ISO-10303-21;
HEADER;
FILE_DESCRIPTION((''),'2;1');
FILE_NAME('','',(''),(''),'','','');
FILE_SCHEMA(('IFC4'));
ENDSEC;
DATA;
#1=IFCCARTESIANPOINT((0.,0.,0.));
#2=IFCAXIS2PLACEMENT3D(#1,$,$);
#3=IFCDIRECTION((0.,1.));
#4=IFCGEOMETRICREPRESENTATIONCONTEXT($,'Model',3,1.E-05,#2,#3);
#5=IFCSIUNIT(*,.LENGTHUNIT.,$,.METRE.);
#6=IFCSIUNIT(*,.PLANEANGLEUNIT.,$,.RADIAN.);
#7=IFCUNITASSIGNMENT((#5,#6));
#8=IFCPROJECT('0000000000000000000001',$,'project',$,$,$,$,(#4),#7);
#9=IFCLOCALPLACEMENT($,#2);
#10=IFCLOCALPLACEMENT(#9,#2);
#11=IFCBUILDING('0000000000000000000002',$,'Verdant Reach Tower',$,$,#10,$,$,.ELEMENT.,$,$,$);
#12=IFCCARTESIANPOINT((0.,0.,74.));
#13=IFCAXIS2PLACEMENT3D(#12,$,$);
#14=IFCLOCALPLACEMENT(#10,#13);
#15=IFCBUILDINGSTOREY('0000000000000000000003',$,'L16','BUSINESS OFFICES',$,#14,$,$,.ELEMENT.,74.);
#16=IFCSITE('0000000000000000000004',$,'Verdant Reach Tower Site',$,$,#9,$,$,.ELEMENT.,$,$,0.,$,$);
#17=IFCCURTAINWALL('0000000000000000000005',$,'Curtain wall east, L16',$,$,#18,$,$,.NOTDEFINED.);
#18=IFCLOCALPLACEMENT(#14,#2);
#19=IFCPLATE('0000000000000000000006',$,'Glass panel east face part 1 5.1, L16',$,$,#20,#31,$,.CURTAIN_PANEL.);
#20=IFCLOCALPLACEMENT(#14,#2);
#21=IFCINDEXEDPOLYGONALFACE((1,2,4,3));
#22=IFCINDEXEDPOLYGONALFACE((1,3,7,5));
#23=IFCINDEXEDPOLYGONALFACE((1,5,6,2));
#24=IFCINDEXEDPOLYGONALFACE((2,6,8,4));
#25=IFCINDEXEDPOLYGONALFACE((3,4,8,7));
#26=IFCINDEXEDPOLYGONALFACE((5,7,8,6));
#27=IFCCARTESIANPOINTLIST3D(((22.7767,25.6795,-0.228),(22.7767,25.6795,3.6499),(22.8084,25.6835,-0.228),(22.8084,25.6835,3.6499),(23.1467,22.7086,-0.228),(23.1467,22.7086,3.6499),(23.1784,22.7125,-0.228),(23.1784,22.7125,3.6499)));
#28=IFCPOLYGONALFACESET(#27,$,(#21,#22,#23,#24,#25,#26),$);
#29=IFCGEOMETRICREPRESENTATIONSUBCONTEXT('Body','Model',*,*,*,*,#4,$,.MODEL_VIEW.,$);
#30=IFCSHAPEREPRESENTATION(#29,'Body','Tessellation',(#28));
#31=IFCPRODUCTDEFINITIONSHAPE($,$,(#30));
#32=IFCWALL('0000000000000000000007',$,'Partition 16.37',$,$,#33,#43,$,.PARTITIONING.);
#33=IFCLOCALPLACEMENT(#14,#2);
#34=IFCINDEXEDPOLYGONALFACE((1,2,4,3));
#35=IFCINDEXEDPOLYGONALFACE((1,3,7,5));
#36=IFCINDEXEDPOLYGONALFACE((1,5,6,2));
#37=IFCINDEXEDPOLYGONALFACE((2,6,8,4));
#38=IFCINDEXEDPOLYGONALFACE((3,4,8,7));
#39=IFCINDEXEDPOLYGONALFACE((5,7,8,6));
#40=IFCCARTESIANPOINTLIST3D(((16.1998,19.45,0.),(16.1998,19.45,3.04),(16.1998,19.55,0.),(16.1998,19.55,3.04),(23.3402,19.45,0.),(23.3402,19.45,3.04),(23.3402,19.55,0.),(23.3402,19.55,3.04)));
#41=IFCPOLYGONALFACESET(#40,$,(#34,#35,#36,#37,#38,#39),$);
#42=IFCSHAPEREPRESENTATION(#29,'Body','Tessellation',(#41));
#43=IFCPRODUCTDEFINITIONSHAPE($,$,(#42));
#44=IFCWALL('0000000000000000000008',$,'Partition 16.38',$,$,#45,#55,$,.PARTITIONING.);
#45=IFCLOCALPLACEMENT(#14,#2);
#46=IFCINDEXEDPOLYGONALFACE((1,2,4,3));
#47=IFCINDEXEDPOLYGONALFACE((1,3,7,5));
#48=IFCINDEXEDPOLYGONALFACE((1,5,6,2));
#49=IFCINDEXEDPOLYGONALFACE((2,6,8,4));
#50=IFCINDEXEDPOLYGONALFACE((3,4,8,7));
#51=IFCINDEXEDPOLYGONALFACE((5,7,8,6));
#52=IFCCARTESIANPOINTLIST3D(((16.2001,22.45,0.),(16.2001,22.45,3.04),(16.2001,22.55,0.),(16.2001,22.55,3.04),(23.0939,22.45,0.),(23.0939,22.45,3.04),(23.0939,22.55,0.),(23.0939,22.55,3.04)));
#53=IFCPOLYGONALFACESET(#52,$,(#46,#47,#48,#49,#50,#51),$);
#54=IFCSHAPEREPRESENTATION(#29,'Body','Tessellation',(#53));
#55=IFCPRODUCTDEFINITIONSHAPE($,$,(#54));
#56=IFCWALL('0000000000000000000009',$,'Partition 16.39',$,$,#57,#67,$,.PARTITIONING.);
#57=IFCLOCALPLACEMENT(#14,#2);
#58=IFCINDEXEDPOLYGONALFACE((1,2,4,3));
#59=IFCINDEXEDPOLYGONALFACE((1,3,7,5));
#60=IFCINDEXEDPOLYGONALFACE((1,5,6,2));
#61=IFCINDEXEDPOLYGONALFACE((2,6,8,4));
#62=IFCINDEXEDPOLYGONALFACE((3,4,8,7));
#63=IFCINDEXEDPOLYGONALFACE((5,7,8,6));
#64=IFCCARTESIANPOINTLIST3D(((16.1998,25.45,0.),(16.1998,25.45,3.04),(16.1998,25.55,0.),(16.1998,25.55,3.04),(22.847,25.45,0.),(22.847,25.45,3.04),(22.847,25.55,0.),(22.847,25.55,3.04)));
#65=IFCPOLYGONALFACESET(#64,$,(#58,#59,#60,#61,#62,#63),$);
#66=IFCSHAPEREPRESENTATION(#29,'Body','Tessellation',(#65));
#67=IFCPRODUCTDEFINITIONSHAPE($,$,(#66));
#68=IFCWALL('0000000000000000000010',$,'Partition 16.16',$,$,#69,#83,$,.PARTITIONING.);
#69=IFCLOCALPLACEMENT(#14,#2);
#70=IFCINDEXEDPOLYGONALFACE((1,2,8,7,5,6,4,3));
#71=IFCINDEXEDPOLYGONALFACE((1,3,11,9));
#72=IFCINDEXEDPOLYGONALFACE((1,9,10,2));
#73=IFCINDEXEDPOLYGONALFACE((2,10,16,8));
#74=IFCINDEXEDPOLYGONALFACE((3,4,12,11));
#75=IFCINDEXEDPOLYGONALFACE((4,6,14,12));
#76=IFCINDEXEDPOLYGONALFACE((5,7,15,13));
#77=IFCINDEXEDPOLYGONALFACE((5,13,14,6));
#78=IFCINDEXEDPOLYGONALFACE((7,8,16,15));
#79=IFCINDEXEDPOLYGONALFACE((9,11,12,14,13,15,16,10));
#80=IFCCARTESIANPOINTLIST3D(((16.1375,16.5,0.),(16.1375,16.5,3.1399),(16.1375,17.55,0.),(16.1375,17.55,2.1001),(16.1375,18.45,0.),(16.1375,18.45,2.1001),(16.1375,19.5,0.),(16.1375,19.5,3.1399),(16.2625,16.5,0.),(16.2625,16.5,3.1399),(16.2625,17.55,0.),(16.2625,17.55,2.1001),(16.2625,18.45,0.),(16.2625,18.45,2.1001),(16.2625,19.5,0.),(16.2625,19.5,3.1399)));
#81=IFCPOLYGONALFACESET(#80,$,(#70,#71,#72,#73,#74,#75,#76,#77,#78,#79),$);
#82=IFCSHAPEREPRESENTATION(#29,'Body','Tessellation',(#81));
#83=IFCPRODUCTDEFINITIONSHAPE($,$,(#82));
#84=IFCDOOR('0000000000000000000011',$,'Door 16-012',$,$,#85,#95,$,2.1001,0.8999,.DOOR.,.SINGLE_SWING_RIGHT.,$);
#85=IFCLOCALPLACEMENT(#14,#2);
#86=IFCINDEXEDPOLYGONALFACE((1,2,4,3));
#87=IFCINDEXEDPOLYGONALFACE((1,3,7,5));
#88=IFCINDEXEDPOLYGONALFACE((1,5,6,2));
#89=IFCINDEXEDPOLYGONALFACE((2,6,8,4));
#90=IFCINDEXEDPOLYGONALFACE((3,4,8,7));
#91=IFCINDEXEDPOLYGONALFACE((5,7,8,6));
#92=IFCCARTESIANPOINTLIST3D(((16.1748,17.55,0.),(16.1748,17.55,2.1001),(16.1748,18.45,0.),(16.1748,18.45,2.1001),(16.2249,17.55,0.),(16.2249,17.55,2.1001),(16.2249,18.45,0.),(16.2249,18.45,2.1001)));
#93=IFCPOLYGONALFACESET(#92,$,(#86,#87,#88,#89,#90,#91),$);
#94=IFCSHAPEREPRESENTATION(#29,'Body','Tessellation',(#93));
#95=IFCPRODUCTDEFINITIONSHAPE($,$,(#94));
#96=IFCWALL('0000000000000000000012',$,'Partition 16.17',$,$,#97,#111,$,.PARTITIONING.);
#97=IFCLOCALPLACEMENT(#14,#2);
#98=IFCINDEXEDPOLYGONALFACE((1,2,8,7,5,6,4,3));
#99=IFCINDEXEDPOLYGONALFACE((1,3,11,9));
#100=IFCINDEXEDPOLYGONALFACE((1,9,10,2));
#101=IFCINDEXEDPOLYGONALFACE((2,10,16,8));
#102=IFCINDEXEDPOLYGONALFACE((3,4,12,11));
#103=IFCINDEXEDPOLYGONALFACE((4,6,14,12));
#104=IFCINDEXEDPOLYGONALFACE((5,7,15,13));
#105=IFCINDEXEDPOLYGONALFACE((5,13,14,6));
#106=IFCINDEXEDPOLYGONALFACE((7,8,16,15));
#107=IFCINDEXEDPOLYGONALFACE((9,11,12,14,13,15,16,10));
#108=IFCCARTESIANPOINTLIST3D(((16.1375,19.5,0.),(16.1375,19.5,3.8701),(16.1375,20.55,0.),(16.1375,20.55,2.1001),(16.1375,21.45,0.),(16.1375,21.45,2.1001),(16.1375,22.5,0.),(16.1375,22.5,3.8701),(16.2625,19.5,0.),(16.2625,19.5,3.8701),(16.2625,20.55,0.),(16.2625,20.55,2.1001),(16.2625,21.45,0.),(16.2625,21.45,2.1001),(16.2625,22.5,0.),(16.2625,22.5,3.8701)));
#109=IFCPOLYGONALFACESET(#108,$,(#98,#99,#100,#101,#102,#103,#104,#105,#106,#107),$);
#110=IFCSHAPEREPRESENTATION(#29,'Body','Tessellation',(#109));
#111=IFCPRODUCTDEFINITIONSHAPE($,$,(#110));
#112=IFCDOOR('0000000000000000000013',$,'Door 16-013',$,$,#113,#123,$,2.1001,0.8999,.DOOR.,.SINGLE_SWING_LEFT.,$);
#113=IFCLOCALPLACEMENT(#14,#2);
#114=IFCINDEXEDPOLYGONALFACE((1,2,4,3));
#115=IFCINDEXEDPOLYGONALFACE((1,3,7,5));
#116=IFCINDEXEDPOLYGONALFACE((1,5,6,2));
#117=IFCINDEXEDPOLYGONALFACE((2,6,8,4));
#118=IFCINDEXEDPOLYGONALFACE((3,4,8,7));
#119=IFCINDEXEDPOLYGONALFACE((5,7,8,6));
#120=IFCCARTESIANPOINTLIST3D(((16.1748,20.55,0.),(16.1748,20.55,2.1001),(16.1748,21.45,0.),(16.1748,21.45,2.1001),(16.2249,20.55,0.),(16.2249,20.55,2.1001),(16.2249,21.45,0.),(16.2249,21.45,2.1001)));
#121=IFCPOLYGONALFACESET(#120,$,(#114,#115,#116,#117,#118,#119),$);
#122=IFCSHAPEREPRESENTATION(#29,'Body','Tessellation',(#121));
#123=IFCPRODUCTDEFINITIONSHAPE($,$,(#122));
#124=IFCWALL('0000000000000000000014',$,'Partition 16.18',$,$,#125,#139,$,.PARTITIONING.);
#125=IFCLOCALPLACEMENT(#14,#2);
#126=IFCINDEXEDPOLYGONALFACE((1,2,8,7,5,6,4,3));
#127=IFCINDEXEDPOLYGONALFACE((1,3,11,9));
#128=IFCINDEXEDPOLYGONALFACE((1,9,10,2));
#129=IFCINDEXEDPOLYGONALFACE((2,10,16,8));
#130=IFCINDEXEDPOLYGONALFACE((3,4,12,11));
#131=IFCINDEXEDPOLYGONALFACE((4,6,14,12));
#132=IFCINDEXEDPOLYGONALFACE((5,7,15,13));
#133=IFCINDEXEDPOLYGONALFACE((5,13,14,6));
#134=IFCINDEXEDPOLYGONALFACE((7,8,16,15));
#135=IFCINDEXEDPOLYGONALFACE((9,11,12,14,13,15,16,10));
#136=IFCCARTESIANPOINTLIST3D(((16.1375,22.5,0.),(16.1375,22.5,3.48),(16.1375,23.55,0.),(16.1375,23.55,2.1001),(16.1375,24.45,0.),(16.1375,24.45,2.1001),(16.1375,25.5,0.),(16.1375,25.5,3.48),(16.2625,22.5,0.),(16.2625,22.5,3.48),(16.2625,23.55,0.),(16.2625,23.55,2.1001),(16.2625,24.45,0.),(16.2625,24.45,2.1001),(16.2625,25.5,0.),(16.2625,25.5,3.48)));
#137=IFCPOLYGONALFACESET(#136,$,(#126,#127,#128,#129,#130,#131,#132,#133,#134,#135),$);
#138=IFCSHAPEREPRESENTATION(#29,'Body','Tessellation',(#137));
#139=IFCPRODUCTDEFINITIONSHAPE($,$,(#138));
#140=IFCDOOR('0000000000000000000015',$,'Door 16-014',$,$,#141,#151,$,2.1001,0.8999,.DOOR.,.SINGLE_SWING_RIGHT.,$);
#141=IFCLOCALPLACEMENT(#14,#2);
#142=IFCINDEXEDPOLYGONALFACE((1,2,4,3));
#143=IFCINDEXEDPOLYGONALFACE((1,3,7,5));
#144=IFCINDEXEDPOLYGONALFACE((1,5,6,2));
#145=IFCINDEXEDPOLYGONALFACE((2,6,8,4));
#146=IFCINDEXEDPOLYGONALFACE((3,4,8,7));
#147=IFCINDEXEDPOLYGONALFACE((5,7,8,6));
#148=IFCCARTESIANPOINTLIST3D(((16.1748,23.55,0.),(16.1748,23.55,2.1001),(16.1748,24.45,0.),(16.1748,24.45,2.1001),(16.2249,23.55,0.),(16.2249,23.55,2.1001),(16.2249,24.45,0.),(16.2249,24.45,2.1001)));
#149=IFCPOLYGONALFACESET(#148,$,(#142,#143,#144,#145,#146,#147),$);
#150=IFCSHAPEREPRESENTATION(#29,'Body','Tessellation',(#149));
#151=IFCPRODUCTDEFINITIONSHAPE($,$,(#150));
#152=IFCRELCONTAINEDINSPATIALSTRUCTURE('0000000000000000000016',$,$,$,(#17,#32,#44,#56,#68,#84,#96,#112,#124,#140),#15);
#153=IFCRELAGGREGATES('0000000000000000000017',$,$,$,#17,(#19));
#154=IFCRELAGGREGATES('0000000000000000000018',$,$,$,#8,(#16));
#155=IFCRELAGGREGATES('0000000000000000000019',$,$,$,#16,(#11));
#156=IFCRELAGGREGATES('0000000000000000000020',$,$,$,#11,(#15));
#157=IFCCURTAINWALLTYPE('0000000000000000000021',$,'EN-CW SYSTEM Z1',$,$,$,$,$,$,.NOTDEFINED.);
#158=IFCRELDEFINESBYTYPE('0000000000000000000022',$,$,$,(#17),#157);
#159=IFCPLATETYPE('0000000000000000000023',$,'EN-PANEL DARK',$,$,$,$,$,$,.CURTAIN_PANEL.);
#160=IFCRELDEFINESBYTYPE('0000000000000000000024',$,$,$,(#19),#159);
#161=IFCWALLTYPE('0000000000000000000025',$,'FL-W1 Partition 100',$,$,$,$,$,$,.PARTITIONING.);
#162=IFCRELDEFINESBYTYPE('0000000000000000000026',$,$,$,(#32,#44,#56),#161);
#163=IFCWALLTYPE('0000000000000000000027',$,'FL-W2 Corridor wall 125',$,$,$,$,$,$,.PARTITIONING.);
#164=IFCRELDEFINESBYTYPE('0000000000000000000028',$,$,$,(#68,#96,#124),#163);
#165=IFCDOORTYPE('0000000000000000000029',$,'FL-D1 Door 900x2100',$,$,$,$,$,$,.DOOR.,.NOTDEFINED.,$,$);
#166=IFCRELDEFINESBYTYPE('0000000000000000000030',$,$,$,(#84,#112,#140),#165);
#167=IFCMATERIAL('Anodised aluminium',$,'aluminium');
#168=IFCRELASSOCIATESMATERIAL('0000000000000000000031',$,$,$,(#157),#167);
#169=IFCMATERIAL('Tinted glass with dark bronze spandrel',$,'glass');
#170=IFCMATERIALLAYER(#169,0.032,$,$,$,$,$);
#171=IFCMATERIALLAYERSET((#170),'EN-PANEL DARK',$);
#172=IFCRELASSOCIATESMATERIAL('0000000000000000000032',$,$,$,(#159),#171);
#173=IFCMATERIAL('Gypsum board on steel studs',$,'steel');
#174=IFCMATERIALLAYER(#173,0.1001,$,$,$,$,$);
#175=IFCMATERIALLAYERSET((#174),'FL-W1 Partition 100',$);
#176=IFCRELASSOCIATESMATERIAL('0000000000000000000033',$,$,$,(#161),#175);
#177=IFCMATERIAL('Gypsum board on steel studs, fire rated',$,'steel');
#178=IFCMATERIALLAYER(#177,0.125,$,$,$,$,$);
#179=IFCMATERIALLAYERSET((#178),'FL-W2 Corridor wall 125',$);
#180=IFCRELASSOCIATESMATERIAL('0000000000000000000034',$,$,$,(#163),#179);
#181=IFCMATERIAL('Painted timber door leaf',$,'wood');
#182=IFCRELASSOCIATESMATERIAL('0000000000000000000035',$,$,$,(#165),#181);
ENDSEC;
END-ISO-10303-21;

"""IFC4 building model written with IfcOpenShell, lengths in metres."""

from ifc_helpers import new_model, si_unit, direction, frame, frame_2d, origin, origin_2d, place, context, subcontext, project, spatial, rectangle, extrude, material, layer, layer_set, type_object, element, fill, aggregate, save


model = new_model("IFC4")

# Units and contexts
model_context = context("Model", 3, precision=1e-05, world=origin(), true_north=direction((0.0, 1.0)))
body_context = subcontext(model_context, "Body", "Model", "MODEL_VIEW")
ifc_project = project(units=[si_unit("LENGTHUNIT", "METRE"), si_unit("PLANEANGLEUNIT", "RADIAN")], contexts=[model_context])

# Site, building, storey
site_placement = place(None, origin())
site = spatial("IfcSite", under=ifc_project, at=site_placement, Name="Verdant Reach Tower Site", CompositionType="ELEMENT", RefElevation=0.0)
building_placement = place(site_placement, origin())
building = spatial("IfcBuilding", under=site, at=building_placement, Name="Verdant Reach Tower", CompositionType="ELEMENT")
storey_placement = place(building_placement, frame((0.0, 0.0, 74.0)))
storey = spatial("IfcBuildingStorey", under=building, at=storey_placement, Name="L16", Description="BUSINESS OFFICES", CompositionType="ELEMENT", Elevation=74.0)

# Curtain wall, plate
ifc_material_1 = material(Name="Anodised aluminium", Category="aluminium")
curtain_wall_type = type_object("IfcCurtainWallType", Name="EN-CW SYSTEM Z1", PredefinedType="NOTDEFINED", material=ifc_material_1)
curtain_wall_placement = place(storey_placement, origin())
curtain_wall = element("IfcCurtainWall", 1, at=curtain_wall_placement, inside=storey, type_object=curtain_wall_type, Name="Curtain wall east, L16", PredefinedType="NOTDEFINED")
ifc_material_2 = material(Name="Tinted glass with dark bronze spandrel", Category="glass")
ifc_layer_1 = layer(ifc_material_2, 0.032)
ifc_layer_set_1 = layer_set([ifc_layer_1], Name="EN-PANEL DARK")
plate_type_1 = type_object("IfcPlateType", Name="EN-PANEL DARK", PredefinedType="CURTAIN_PANEL", material=ifc_layer_set_1)
plate_1_placement = place(storey_placement, frame((22.9775, 24.196, -0.228), z_axis=(0.0, 0.0, 1.0), x_axis=(-0.123579, 0.992335, 0.0)))
plate_1 = element("IfcPlate", 2, at=plate_1_placement, type_object=plate_type_1, Name="Glass panel east face part 1 5.1, L16", PredefinedType="CURTAIN_PANEL", context=body_context, shape_type="SweptSolid", body=[
    extrude(rectangle(XDim=2.9939, YDim=0.032, at=origin_2d()), origin(), (0.0, 0.0, 1.0), 3.8779),
])
aggregate(curtain_wall, [plate_1])

# Walls
ifc_material_3 = material(Name="Gypsum board on steel studs", Category="steel")
ifc_layer_2 = layer(ifc_material_3, 0.1001)
ifc_layer_set_2 = layer_set([ifc_layer_2], Name="FL-W1 Partition 100")
wall_type_1 = type_object("IfcWallType", Name="FL-W1 Partition 100", PredefinedType="PARTITIONING", material=ifc_layer_set_2)
wall_1_placement = place(storey_placement, frame((23.3403, 19.5, 0.0), z_axis=(0.0, 0.0, 1.0), x_axis=(-1.0, 0.0, 0.0)))
element("IfcWall", 3, at=wall_1_placement, inside=storey, type_object=wall_type_1, Name="Partition 16.37", PredefinedType="PARTITIONING", context=body_context, shape_type="SweptSolid", body=[
    extrude(rectangle(XDim=7.1404, YDim=0.1001, at=frame_2d((3.5703, 0.0))), origin(), (0.0, 0.0, 1.0), 3.04),
])
wall_2_placement = place(storey_placement, frame((23.0938, 22.5, 0.0), z_axis=(0.0, 0.0, 1.0), x_axis=(-1.0, 0.0, 0.0)))
element("IfcWall", 4, at=wall_2_placement, inside=storey, type_object=wall_type_1, Name="Partition 16.38", PredefinedType="PARTITIONING", context=body_context, shape_type="SweptSolid", body=[
    extrude(rectangle(XDim=6.8938, YDim=0.1001, at=frame_2d((3.4468, 0.0))), origin(), (0.0, 0.0, 1.0), 3.04),
])
wall_3_placement = place(storey_placement, frame((22.8472, 25.5, 0.0), z_axis=(0.0, 0.0, 1.0), x_axis=(-1.0, 0.0, 0.0)))
element("IfcWall", 5, at=wall_3_placement, inside=storey, type_object=wall_type_1, Name="Partition 16.39", PredefinedType="PARTITIONING", context=body_context, shape_type="SweptSolid", body=[
    extrude(rectangle(XDim=6.6472, YDim=0.1001, at=frame_2d((3.3237, 0.0))), origin(), (0.0, 0.0, 1.0), 3.04),
])

# Walls, openings, doors
ifc_material_4 = material(Name="Gypsum board on steel studs, fire rated", Category="steel")
ifc_layer_3 = layer(ifc_material_4, 0.125)
ifc_layer_set_3 = layer_set([ifc_layer_3], Name="FL-W2 Corridor wall 125")
wall_type_2 = type_object("IfcWallType", Name="FL-W2 Corridor wall 125", PredefinedType="PARTITIONING", material=ifc_layer_set_3)
wall_4_placement = place(storey_placement, frame((16.2, 19.5, 0.0), z_axis=(0.0, 0.0, 1.0), x_axis=(0.0, -1.0, 0.0)))
wall_4 = element("IfcWall", 6, at=wall_4_placement, inside=storey, type_object=wall_type_2, Name="Partition 16.16", PredefinedType="PARTITIONING", context=body_context, shape_type="SweptSolid", body=[
    extrude(rectangle(XDim=3.0, YDim=0.125, at=frame_2d((1.5, 0.0))), origin(), (0.0, 0.0, 1.0), 3.1399),
])
opening_1_placement = place(wall_4_placement, frame((1.05, 0.0, 0.0)))
opening_1 = element("IfcOpeningElement", 7, at=opening_1_placement, cuts=wall_4, PredefinedType="OPENING", context=body_context, shape_type="SweptSolid", body=[
    extrude(rectangle(XDim=0.8999, YDim=2.1001, at=frame_2d((0.45, 1.05))), frame((0.0, 0.0725, 0.0), z_axis=(0.0, -1.0, 0.0), x_axis=(1.0, 0.0, 0.0)), (0.0, 0.0, 1.0), 0.145),
])
ifc_material_5 = material(Name="Painted timber door leaf", Category="wood")
door_type_1 = type_object("IfcDoorType", Name="FL-D1 Door 900x2100", OperationType="NOTDEFINED", PredefinedType="DOOR", material=ifc_material_5)
door_1_placement = place(opening_1_placement, origin())
door_1 = element("IfcDoor", 8, at=door_1_placement, inside=storey, type_object=door_type_1, Name="Door 16-012", OperationType="SINGLE_SWING_RIGHT", OverallHeight=2.1001, OverallWidth=0.8999, PredefinedType="DOOR", context=body_context, shape_type="SweptSolid", body=[
    extrude(rectangle(XDim=0.8999, YDim=2.1001, at=frame_2d((0.45, 1.05))), frame((0.0, 0.0249, 0.0), z_axis=(0.0, -1.0, 0.0), x_axis=(1.0, 0.0, 0.0)), (0.0, 0.0, 1.0), 0.05),
])
fill(opening_1, door_1)
wall_5_placement = place(storey_placement, frame((16.2, 22.5, 0.0), z_axis=(0.0, 0.0, 1.0), x_axis=(0.0, -1.0, 0.0)))
wall_5 = element("IfcWall", 9, at=wall_5_placement, inside=storey, type_object=wall_type_2, Name="Partition 16.17", PredefinedType="PARTITIONING", context=body_context, shape_type="SweptSolid", body=[
    extrude(rectangle(XDim=3.0, YDim=0.125, at=frame_2d((1.5, 0.0))), origin(), (0.0, 0.0, 1.0), 3.8701),
])
opening_2_placement = place(wall_5_placement, frame((1.05, 0.0, 0.0)))
opening_2 = element("IfcOpeningElement", 10, at=opening_2_placement, cuts=wall_5, PredefinedType="OPENING", context=body_context, shape_type="SweptSolid", body=[
    extrude(rectangle(XDim=0.8999, YDim=2.1001, at=frame_2d((0.45, 1.05))), frame((0.0, 0.0725, 0.0), z_axis=(0.0, -1.0, 0.0), x_axis=(1.0, 0.0, 0.0)), (0.0, 0.0, 1.0), 0.145),
])
door_2_placement = place(opening_2_placement, origin())
door_2 = element("IfcDoor", 11, at=door_2_placement, inside=storey, type_object=door_type_1, Name="Door 16-013", OperationType="SINGLE_SWING_LEFT", OverallHeight=2.1001, OverallWidth=0.8999, PredefinedType="DOOR", context=body_context, shape_type="SweptSolid", body=[
    extrude(rectangle(XDim=0.8999, YDim=2.1001, at=frame_2d((0.45, 1.05))), frame((0.0, 0.0249, 0.0), z_axis=(0.0, -1.0, 0.0), x_axis=(1.0, 0.0, 0.0)), (0.0, 0.0, 1.0), 0.05),
])
fill(opening_2, door_2)
wall_6_placement = place(storey_placement, frame((16.2, 25.5, 0.0), z_axis=(0.0, 0.0, 1.0), x_axis=(0.0, -1.0, 0.0)))
wall_6 = element("IfcWall", 12, at=wall_6_placement, inside=storey, type_object=wall_type_2, Name="Partition 16.18", PredefinedType="PARTITIONING", context=body_context, shape_type="SweptSolid", body=[
    extrude(rectangle(XDim=3.0, YDim=0.125, at=frame_2d((1.5, 0.0))), origin(), (0.0, 0.0, 1.0), 3.48),
])
opening_3_placement = place(wall_6_placement, frame((1.05, 0.0, 0.0)))
opening_3 = element("IfcOpeningElement", 13, at=opening_3_placement, cuts=wall_6, PredefinedType="OPENING", context=body_context, shape_type="SweptSolid", body=[
    extrude(rectangle(XDim=0.8999, YDim=2.1001, at=frame_2d((0.45, 1.05))), frame((0.0, 0.0725, 0.0), z_axis=(0.0, -1.0, 0.0), x_axis=(1.0, 0.0, 0.0)), (0.0, 0.0, 1.0), 0.145),
])
door_3_placement = place(opening_3_placement, origin())
door_3 = element("IfcDoor", 14, at=door_3_placement, inside=storey, type_object=door_type_1, Name="Door 16-014", OperationType="SINGLE_SWING_RIGHT", OverallHeight=2.1001, OverallWidth=0.8999, PredefinedType="DOOR", context=body_context, shape_type="SweptSolid", body=[
    extrude(rectangle(XDim=0.8999, YDim=2.1001, at=frame_2d((0.45, 1.05))), frame((0.0, 0.0249, 0.0), z_axis=(0.0, -1.0, 0.0), x_axis=(1.0, 0.0, 0.0)), (0.0, 0.0, 1.0), 0.05),
])
fill(opening_3, door_3)

save(model, "model.ifc")
